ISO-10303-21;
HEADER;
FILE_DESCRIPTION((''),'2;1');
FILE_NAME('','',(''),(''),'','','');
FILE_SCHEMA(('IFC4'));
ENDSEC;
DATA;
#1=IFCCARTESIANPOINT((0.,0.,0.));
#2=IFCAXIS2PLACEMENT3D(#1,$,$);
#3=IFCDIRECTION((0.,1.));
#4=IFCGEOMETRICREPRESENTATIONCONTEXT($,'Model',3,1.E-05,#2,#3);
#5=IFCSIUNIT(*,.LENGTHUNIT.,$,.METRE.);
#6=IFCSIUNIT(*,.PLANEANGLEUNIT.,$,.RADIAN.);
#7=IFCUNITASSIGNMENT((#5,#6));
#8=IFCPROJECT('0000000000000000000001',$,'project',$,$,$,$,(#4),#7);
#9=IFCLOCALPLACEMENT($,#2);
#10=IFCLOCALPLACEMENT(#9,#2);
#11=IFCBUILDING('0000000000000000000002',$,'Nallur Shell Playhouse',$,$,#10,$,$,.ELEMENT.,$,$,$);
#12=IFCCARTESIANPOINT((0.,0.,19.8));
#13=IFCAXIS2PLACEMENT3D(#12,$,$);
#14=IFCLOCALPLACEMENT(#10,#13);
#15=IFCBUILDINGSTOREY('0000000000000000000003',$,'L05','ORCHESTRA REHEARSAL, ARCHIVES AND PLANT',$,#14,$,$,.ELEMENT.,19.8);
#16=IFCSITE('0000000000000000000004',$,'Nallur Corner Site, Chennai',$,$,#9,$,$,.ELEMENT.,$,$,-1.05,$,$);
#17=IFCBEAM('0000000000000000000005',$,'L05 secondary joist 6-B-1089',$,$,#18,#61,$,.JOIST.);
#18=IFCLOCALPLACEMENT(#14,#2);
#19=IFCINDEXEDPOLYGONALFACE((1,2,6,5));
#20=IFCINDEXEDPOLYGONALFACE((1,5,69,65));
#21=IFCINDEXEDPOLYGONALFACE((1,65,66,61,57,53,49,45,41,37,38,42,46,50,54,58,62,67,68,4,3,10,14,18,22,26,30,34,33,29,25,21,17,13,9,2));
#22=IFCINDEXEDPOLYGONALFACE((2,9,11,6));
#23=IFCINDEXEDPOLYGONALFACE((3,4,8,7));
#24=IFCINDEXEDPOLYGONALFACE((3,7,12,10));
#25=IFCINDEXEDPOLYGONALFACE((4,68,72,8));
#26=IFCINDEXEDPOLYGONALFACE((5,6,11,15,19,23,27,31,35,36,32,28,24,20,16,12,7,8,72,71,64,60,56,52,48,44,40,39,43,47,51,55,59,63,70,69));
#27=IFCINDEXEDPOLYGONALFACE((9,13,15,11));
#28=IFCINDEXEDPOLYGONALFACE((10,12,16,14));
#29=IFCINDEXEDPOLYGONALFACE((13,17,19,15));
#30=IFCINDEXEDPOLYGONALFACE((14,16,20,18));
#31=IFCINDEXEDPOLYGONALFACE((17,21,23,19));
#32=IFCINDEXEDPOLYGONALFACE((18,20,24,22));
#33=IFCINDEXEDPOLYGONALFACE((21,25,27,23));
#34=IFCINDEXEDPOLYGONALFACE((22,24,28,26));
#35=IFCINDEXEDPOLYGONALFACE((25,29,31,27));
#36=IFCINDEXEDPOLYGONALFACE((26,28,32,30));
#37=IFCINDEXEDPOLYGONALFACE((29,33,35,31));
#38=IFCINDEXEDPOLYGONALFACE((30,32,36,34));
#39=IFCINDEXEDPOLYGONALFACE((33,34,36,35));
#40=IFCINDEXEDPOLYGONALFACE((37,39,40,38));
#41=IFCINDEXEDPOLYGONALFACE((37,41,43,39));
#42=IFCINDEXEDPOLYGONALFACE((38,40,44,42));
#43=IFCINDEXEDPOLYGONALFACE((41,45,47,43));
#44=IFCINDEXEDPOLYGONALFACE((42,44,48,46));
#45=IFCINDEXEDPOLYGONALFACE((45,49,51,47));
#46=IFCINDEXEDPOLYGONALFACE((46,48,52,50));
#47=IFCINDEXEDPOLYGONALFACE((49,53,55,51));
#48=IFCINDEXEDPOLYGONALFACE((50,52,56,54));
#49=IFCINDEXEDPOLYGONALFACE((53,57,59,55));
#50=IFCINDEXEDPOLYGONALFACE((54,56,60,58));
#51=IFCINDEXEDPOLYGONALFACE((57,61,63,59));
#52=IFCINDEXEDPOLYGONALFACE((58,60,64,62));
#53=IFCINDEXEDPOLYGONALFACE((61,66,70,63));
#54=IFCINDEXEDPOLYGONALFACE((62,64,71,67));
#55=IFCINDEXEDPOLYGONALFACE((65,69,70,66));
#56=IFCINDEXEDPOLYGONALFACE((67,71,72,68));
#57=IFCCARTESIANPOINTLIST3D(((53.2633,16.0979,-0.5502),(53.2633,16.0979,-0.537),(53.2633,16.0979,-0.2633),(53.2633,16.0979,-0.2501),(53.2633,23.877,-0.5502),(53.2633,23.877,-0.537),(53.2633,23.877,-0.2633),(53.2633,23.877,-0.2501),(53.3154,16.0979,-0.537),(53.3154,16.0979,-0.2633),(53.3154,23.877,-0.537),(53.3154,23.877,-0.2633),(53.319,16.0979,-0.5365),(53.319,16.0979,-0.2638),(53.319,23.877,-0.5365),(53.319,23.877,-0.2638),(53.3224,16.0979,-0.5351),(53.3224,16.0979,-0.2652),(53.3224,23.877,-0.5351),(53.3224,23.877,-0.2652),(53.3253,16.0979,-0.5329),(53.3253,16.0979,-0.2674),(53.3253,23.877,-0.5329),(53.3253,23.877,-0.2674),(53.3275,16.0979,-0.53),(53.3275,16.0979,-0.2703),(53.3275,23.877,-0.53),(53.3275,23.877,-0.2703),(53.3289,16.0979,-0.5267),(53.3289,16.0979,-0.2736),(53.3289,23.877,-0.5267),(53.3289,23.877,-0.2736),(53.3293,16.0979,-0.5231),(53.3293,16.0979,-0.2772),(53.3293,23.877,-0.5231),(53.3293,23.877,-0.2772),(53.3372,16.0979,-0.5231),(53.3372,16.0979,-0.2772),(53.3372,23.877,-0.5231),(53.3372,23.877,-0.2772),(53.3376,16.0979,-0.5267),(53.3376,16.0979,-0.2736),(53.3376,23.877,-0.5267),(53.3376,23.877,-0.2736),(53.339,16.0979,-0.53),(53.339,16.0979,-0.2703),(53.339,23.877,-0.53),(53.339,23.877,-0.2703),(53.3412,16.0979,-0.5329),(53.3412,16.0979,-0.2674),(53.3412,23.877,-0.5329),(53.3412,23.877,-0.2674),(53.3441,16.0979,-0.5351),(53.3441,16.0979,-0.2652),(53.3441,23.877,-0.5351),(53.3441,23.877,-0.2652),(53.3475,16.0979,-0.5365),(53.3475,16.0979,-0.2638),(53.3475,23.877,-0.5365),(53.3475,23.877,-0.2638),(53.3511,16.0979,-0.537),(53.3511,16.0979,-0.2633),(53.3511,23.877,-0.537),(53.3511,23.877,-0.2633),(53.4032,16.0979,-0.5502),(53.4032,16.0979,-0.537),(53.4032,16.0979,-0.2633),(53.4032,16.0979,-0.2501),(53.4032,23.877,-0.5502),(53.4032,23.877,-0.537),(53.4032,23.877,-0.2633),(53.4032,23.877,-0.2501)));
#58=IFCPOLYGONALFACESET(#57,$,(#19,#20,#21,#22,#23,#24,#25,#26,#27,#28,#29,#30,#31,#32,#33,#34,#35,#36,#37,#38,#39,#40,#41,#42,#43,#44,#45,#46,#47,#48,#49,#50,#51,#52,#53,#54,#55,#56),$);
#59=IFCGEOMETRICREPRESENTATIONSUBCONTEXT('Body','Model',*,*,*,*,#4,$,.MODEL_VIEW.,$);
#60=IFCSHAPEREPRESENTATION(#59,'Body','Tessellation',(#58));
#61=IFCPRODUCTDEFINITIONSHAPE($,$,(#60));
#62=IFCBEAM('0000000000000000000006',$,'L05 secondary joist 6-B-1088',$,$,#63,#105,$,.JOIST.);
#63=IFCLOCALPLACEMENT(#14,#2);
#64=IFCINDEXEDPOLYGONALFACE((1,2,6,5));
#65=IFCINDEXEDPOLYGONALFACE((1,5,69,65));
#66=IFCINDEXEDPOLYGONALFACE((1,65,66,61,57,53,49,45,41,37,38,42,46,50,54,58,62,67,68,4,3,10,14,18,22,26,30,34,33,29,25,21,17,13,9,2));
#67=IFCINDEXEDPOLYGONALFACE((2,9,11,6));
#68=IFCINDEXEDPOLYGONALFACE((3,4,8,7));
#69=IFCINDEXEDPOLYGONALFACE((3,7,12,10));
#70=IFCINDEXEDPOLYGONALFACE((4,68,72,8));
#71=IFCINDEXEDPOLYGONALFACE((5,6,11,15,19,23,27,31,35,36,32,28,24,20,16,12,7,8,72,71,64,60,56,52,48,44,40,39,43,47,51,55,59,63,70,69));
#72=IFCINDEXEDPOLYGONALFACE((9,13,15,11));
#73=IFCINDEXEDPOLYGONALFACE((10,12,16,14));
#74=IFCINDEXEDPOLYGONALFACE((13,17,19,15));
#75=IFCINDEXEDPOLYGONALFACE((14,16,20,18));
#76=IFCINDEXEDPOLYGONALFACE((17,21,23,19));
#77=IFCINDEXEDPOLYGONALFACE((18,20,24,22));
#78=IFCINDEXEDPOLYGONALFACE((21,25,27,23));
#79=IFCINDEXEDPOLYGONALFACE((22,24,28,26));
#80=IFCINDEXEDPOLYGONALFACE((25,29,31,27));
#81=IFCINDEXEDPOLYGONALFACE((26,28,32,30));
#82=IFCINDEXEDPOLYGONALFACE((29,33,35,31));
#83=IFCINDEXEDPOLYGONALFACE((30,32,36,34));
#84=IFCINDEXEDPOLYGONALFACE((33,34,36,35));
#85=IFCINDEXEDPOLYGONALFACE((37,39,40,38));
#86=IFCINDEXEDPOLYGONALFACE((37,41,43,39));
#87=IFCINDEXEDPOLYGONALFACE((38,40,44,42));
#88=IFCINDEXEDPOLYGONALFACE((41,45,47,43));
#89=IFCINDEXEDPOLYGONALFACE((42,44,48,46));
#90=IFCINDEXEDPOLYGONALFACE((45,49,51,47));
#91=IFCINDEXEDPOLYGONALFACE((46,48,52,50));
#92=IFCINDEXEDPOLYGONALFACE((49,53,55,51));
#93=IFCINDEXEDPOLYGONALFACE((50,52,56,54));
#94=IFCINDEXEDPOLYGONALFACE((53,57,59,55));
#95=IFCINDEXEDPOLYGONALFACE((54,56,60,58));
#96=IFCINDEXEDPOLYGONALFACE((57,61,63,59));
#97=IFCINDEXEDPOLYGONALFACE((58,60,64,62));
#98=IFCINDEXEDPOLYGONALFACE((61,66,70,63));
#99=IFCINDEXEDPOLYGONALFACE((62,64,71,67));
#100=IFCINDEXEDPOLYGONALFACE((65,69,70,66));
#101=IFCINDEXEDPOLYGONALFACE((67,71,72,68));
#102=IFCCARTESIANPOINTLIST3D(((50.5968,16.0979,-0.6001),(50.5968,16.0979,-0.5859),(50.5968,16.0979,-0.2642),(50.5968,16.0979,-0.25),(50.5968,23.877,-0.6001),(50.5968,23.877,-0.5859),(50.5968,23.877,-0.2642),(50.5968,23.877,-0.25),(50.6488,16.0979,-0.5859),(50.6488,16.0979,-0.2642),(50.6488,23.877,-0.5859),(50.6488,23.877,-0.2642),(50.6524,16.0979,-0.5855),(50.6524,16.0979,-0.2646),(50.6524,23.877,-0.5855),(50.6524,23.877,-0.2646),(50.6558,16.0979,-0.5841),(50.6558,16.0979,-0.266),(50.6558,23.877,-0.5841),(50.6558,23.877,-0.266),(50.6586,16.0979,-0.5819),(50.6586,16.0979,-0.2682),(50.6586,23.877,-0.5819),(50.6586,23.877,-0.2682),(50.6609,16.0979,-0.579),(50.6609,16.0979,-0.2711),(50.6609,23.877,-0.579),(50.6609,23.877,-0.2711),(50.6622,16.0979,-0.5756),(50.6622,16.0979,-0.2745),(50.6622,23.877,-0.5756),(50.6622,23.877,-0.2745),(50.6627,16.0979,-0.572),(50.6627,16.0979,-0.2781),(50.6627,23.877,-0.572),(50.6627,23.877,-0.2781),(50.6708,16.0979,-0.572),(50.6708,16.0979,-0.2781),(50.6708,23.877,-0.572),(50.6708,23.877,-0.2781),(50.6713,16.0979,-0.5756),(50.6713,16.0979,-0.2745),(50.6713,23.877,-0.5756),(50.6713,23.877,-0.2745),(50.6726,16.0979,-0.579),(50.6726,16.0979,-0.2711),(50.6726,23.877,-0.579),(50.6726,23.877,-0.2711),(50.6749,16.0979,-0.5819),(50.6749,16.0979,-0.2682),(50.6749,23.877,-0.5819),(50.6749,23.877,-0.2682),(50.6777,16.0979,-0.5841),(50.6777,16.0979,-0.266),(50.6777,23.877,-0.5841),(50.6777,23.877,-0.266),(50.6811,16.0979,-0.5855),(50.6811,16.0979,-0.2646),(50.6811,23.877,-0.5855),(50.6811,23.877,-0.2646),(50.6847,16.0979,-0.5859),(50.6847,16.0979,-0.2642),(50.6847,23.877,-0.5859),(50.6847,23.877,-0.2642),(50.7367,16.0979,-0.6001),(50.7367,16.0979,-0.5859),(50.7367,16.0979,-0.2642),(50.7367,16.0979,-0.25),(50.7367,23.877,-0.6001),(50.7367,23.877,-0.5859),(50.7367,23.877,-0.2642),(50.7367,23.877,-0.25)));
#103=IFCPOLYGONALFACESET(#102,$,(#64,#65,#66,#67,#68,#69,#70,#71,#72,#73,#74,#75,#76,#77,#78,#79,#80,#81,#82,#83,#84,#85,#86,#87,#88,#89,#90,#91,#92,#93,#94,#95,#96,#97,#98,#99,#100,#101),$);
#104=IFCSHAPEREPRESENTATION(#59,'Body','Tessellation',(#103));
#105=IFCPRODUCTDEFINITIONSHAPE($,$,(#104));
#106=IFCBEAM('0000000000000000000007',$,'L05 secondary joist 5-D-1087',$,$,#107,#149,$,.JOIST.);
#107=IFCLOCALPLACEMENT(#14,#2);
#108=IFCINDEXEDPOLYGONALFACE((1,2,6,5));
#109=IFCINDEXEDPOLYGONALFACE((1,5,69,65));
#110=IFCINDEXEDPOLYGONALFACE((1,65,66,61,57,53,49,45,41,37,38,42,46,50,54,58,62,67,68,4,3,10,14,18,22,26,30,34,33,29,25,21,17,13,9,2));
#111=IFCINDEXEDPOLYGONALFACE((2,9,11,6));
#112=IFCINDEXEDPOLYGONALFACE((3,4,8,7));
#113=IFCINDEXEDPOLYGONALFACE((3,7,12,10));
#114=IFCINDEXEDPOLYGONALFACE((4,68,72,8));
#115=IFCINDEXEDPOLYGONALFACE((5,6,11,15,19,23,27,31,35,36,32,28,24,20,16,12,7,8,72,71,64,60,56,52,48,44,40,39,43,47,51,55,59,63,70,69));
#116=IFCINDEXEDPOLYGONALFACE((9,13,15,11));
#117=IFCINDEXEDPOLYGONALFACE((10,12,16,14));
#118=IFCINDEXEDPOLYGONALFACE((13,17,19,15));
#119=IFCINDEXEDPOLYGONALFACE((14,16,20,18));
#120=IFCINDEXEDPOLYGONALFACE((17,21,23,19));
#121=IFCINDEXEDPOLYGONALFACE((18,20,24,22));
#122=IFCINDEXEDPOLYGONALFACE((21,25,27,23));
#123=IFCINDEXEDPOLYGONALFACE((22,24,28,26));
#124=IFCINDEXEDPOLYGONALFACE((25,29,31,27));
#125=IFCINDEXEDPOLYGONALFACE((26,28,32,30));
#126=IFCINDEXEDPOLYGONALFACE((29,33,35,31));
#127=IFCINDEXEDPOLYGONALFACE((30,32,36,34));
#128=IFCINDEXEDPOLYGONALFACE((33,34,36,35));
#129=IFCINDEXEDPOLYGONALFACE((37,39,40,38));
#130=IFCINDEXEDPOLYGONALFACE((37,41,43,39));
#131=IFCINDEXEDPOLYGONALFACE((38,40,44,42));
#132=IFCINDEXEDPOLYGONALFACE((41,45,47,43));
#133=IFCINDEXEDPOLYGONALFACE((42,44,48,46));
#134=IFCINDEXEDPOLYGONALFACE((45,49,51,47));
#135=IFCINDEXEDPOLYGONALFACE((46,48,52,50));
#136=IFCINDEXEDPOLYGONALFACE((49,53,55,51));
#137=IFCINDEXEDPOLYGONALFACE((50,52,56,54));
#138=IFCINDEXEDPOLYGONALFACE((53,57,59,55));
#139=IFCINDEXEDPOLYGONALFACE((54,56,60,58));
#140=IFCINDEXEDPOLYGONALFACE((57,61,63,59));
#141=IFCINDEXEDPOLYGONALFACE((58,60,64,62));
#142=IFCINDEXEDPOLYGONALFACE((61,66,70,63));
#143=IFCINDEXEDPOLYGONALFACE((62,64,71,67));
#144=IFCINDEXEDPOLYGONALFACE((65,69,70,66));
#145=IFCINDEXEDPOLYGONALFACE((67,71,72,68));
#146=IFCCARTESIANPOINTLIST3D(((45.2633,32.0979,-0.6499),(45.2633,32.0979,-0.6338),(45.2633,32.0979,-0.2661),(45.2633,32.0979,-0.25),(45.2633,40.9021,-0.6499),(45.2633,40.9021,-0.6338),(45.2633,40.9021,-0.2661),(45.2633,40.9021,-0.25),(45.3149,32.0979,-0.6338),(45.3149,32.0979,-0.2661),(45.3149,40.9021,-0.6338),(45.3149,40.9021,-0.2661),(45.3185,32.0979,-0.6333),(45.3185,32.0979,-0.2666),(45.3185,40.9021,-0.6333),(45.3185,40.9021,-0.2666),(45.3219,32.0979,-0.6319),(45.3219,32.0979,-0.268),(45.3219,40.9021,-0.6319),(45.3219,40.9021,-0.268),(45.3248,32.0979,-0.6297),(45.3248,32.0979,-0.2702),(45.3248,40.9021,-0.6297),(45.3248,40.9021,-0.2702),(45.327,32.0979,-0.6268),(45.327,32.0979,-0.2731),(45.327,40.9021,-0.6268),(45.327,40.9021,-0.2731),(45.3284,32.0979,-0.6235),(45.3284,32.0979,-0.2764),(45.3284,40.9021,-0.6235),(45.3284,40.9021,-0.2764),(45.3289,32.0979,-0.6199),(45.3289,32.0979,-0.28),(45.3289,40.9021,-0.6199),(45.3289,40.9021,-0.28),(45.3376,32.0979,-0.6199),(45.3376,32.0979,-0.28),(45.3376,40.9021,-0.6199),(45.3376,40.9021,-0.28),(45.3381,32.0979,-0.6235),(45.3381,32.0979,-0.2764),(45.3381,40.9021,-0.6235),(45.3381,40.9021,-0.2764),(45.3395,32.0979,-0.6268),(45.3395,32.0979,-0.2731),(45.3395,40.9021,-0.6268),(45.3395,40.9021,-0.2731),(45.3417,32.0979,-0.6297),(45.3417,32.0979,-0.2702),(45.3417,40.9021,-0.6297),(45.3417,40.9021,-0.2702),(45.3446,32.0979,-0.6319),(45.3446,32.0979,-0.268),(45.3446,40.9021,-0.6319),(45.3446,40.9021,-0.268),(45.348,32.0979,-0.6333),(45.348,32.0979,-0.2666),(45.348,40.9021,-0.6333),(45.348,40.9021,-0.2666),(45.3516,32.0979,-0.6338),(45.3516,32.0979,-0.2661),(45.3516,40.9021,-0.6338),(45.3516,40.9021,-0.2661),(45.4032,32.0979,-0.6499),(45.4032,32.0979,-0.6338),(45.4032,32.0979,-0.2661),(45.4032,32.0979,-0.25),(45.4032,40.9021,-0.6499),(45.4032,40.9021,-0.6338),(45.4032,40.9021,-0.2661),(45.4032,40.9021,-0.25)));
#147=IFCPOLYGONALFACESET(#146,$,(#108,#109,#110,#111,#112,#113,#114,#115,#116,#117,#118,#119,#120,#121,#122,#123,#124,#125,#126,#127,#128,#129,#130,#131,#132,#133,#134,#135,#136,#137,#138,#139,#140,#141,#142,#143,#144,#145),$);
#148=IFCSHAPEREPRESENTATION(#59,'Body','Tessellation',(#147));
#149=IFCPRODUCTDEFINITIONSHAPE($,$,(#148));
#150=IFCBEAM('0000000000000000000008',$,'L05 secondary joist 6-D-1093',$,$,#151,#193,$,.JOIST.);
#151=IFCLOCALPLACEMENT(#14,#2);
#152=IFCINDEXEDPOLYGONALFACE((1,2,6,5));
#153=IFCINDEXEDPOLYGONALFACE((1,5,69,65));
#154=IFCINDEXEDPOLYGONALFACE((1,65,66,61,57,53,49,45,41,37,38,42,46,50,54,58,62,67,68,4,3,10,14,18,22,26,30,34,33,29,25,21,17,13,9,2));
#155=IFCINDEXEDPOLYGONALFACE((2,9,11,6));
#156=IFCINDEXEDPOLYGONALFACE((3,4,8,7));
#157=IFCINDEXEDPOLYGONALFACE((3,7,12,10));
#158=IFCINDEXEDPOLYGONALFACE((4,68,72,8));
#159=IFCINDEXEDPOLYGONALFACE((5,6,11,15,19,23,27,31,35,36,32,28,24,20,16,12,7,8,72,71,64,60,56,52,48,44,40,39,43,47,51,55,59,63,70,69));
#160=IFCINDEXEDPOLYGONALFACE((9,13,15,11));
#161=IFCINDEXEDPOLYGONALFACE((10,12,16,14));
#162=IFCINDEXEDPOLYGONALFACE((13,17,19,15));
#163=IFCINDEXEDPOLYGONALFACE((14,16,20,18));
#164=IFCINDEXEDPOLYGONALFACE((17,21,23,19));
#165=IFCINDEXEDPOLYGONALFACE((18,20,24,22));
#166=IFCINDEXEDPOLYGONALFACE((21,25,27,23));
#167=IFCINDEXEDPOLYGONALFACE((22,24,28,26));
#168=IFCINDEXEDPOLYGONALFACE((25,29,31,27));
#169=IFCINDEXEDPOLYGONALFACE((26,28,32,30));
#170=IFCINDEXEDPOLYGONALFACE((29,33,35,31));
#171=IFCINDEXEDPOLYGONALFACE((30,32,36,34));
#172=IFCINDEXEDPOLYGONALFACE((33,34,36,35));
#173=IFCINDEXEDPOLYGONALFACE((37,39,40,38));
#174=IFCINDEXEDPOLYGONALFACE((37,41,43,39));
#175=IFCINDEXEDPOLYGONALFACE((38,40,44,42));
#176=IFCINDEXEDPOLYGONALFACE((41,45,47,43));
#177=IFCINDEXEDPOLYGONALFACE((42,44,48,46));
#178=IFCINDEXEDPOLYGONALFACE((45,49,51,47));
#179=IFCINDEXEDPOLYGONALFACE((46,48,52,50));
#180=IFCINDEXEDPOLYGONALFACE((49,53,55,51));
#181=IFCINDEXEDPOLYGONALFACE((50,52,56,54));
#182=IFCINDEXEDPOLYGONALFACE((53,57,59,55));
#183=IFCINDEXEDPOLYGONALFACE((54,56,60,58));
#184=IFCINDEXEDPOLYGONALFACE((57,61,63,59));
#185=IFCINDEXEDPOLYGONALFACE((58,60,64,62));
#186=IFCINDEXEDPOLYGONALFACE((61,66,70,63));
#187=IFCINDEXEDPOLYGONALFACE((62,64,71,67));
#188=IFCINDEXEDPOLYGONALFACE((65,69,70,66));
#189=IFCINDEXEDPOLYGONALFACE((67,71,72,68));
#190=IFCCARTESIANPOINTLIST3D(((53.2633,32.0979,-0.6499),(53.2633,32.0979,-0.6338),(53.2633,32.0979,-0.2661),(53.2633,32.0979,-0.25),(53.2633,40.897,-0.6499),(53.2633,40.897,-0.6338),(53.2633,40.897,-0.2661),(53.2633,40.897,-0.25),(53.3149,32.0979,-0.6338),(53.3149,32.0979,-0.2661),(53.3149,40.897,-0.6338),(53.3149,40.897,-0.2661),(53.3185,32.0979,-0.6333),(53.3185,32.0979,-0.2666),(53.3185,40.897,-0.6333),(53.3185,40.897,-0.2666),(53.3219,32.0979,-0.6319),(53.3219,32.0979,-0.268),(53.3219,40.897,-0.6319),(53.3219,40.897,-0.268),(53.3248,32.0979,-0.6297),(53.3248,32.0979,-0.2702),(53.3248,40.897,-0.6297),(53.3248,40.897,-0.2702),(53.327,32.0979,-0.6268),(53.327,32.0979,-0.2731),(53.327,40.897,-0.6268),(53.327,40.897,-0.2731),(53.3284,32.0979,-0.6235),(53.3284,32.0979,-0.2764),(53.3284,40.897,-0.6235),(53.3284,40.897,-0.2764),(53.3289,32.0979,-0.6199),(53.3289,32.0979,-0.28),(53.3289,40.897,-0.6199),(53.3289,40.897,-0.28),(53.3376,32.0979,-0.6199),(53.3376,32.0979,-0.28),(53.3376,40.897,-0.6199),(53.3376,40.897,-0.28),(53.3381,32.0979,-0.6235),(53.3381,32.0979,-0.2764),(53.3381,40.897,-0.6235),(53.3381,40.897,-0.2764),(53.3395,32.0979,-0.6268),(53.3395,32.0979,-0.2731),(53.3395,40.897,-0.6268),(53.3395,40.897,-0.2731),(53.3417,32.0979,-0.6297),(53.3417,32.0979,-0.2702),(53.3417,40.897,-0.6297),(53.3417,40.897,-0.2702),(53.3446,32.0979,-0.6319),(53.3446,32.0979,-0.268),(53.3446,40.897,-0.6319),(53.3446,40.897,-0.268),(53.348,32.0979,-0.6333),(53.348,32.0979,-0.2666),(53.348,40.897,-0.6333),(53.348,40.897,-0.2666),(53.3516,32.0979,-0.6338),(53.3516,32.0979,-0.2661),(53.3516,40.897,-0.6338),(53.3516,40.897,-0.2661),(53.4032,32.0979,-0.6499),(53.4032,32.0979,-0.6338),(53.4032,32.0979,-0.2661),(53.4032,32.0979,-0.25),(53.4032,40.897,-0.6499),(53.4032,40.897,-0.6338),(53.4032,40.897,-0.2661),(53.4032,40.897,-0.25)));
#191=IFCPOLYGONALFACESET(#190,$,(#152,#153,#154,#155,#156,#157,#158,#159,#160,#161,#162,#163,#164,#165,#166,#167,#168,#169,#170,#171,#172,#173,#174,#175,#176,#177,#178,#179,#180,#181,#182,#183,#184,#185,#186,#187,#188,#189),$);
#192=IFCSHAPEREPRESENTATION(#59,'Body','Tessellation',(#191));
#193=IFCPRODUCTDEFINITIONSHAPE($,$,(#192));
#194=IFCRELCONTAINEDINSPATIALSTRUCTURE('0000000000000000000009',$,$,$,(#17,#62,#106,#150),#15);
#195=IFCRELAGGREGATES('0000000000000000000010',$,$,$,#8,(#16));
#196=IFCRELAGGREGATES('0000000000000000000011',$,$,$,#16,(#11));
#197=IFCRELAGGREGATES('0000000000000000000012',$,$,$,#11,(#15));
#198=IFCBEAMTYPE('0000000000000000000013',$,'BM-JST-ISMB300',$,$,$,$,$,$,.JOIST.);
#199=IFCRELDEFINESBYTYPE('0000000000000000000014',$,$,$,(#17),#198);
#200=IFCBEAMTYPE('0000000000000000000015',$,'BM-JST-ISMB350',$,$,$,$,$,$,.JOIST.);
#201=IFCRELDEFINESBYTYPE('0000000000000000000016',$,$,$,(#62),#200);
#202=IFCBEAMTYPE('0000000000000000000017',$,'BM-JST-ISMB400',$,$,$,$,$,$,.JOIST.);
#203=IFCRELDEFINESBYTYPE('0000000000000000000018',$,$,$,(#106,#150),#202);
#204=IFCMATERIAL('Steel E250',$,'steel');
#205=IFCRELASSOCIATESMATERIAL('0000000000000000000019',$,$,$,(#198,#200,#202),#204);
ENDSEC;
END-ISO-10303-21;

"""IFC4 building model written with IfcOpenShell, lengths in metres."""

from ifc_helpers import new_model, si_unit, direction, frame, origin, origin_2d, place, context, subcontext, project, spatial, i_section, extrude, material, material_profile, profile_set, type_object, element, save


model = new_model("IFC4")

# Units and contexts
model_context = context("Model", 3, precision=1e-05, world=origin(), true_north=direction((0.0, 1.0)))
body_context = subcontext(model_context, "Body", "Model", "MODEL_VIEW")
ifc_project = project(units=[si_unit("LENGTHUNIT", "METRE"), si_unit("PLANEANGLEUNIT", "RADIAN")], contexts=[model_context])

# Site, building, storey
site_placement = place(None, origin())
site = spatial("IfcSite", under=ifc_project, at=site_placement, Name="Nallur Corner Site, Chennai", CompositionType="ELEMENT", RefElevation=-1.05)
building_placement = place(site_placement, origin())
building = spatial("IfcBuilding", under=site, at=building_placement, Name="Nallur Shell Playhouse", CompositionType="ELEMENT")
storey_placement = place(building_placement, frame((0.0, 0.0, 19.8)))
storey = spatial("IfcBuildingStorey", under=building, at=storey_placement, Name="L05", Description="ORCHESTRA REHEARSAL, ARCHIVES AND PLANT", CompositionType="ELEMENT", Elevation=19.8)

# Beams
ifc_material_1 = material(Name="Steel E250", Category="steel")
ifc_material_profile_1 = material_profile(ifc_material_1, i_section(OverallWidth=0.1399, OverallDepth=0.3, WebThickness=0.0078, FlangeThickness=0.0132, FilletRadius=0.0139, at=origin_2d()), Name="ISMB 300")
ifc_profile_set_1 = profile_set([ifc_material_profile_1], Name="Steel E250")
beam_type_1 = type_object("IfcBeamType", Name="BM-JST-ISMB300", PredefinedType="JOIST", material=ifc_profile_set_1)
for number, where, z_axis, x_axis, name in (
    (1, (53.3333, 16.0979, -0.4001), (0.0, 1.0, 0.0), (-1.0, 0.0, 0.0), "L05 secondary joist 6-B-1089"),
):
    element("IfcBeam", number, at=place(storey_placement, frame(where, z_axis=z_axis, x_axis=x_axis)), inside=storey, type_object=beam_type_1, Name=name, PredefinedType="JOIST", context=body_context, shape_type="SweptSolid", body=[
        extrude(i_section(OverallWidth=0.1399, OverallDepth=0.3, WebThickness=0.0078, FlangeThickness=0.0132, FilletRadius=0.0139, at=origin_2d()), origin(), (0.0, 0.0, 1.0), 7.7791),
    ])
ifc_material_profile_2 = material_profile(ifc_material_1, i_section(OverallWidth=0.1399, OverallDepth=0.3501, WebThickness=0.0081, FlangeThickness=0.0142, FilletRadius=0.0139, at=origin_2d()), Name="ISMB 350")
ifc_profile_set_2 = profile_set([ifc_material_profile_2], Name="Steel E250")
beam_type_2 = type_object("IfcBeamType", Name="BM-JST-ISMB350", PredefinedType="JOIST", material=ifc_profile_set_2)
beam_1_placement = place(storey_placement, frame((50.6667, 16.0979, -0.425), z_axis=(0.0, 1.0, 0.0), x_axis=(-1.0, 0.0, 0.0)))
element("IfcBeam", 2, at=beam_1_placement, inside=storey, type_object=beam_type_2, Name="L05 secondary joist 6-B-1088", PredefinedType="JOIST", context=body_context, shape_type="SweptSolid", body=[
    extrude(i_section(OverallWidth=0.1399, OverallDepth=0.3501, WebThickness=0.0081, FlangeThickness=0.0142, FilletRadius=0.0139, at=origin_2d()), origin(), (0.0, 0.0, 1.0), 7.7791),
])
ifc_material_profile_3 = material_profile(ifc_material_1, i_section(OverallWidth=0.1399, OverallDepth=0.3999, WebThickness=0.0088, FlangeThickness=0.0161, FilletRadius=0.0139, at=origin_2d()), Name="ISMB 400")
ifc_profile_set_3 = profile_set([ifc_material_profile_3], Name="Steel E250")
beam_type_3 = type_object("IfcBeamType", Name="BM-JST-ISMB400", PredefinedType="JOIST", material=ifc_profile_set_3)
beam_2_placement = place(storey_placement, frame((45.3333, 32.0979, -0.45), z_axis=(0.0, 1.0, 0.0), x_axis=(-1.0, 0.0, 0.0)))
element("IfcBeam", 3, at=beam_2_placement, inside=storey, type_object=beam_type_3, Name="L05 secondary joist 5-D-1087", PredefinedType="JOIST", context=body_context, shape_type="SweptSolid", body=[
    extrude(i_section(OverallWidth=0.1399, OverallDepth=0.3999, WebThickness=0.0088, FlangeThickness=0.0161, FilletRadius=0.0139, at=origin_2d()), origin(), (0.0, 0.0, 1.0), 8.8042),
])
beam_3_placement = place(storey_placement, frame((53.3333, 32.0979, -0.45), z_axis=(0.0, 1.0, 0.0), x_axis=(-1.0, 0.0, 0.0)))
element("IfcBeam", 4, at=beam_3_placement, inside=storey, type_object=beam_type_3, Name="L05 secondary joist 6-D-1093", PredefinedType="JOIST", context=body_context, shape_type="SweptSolid", body=[
    extrude(i_section(OverallWidth=0.1399, OverallDepth=0.3999, WebThickness=0.0088, FlangeThickness=0.0161, FilletRadius=0.0139, at=origin_2d()), origin(), (0.0, 0.0, 1.0), 8.7991),
])

save(model, "model.ifc")
